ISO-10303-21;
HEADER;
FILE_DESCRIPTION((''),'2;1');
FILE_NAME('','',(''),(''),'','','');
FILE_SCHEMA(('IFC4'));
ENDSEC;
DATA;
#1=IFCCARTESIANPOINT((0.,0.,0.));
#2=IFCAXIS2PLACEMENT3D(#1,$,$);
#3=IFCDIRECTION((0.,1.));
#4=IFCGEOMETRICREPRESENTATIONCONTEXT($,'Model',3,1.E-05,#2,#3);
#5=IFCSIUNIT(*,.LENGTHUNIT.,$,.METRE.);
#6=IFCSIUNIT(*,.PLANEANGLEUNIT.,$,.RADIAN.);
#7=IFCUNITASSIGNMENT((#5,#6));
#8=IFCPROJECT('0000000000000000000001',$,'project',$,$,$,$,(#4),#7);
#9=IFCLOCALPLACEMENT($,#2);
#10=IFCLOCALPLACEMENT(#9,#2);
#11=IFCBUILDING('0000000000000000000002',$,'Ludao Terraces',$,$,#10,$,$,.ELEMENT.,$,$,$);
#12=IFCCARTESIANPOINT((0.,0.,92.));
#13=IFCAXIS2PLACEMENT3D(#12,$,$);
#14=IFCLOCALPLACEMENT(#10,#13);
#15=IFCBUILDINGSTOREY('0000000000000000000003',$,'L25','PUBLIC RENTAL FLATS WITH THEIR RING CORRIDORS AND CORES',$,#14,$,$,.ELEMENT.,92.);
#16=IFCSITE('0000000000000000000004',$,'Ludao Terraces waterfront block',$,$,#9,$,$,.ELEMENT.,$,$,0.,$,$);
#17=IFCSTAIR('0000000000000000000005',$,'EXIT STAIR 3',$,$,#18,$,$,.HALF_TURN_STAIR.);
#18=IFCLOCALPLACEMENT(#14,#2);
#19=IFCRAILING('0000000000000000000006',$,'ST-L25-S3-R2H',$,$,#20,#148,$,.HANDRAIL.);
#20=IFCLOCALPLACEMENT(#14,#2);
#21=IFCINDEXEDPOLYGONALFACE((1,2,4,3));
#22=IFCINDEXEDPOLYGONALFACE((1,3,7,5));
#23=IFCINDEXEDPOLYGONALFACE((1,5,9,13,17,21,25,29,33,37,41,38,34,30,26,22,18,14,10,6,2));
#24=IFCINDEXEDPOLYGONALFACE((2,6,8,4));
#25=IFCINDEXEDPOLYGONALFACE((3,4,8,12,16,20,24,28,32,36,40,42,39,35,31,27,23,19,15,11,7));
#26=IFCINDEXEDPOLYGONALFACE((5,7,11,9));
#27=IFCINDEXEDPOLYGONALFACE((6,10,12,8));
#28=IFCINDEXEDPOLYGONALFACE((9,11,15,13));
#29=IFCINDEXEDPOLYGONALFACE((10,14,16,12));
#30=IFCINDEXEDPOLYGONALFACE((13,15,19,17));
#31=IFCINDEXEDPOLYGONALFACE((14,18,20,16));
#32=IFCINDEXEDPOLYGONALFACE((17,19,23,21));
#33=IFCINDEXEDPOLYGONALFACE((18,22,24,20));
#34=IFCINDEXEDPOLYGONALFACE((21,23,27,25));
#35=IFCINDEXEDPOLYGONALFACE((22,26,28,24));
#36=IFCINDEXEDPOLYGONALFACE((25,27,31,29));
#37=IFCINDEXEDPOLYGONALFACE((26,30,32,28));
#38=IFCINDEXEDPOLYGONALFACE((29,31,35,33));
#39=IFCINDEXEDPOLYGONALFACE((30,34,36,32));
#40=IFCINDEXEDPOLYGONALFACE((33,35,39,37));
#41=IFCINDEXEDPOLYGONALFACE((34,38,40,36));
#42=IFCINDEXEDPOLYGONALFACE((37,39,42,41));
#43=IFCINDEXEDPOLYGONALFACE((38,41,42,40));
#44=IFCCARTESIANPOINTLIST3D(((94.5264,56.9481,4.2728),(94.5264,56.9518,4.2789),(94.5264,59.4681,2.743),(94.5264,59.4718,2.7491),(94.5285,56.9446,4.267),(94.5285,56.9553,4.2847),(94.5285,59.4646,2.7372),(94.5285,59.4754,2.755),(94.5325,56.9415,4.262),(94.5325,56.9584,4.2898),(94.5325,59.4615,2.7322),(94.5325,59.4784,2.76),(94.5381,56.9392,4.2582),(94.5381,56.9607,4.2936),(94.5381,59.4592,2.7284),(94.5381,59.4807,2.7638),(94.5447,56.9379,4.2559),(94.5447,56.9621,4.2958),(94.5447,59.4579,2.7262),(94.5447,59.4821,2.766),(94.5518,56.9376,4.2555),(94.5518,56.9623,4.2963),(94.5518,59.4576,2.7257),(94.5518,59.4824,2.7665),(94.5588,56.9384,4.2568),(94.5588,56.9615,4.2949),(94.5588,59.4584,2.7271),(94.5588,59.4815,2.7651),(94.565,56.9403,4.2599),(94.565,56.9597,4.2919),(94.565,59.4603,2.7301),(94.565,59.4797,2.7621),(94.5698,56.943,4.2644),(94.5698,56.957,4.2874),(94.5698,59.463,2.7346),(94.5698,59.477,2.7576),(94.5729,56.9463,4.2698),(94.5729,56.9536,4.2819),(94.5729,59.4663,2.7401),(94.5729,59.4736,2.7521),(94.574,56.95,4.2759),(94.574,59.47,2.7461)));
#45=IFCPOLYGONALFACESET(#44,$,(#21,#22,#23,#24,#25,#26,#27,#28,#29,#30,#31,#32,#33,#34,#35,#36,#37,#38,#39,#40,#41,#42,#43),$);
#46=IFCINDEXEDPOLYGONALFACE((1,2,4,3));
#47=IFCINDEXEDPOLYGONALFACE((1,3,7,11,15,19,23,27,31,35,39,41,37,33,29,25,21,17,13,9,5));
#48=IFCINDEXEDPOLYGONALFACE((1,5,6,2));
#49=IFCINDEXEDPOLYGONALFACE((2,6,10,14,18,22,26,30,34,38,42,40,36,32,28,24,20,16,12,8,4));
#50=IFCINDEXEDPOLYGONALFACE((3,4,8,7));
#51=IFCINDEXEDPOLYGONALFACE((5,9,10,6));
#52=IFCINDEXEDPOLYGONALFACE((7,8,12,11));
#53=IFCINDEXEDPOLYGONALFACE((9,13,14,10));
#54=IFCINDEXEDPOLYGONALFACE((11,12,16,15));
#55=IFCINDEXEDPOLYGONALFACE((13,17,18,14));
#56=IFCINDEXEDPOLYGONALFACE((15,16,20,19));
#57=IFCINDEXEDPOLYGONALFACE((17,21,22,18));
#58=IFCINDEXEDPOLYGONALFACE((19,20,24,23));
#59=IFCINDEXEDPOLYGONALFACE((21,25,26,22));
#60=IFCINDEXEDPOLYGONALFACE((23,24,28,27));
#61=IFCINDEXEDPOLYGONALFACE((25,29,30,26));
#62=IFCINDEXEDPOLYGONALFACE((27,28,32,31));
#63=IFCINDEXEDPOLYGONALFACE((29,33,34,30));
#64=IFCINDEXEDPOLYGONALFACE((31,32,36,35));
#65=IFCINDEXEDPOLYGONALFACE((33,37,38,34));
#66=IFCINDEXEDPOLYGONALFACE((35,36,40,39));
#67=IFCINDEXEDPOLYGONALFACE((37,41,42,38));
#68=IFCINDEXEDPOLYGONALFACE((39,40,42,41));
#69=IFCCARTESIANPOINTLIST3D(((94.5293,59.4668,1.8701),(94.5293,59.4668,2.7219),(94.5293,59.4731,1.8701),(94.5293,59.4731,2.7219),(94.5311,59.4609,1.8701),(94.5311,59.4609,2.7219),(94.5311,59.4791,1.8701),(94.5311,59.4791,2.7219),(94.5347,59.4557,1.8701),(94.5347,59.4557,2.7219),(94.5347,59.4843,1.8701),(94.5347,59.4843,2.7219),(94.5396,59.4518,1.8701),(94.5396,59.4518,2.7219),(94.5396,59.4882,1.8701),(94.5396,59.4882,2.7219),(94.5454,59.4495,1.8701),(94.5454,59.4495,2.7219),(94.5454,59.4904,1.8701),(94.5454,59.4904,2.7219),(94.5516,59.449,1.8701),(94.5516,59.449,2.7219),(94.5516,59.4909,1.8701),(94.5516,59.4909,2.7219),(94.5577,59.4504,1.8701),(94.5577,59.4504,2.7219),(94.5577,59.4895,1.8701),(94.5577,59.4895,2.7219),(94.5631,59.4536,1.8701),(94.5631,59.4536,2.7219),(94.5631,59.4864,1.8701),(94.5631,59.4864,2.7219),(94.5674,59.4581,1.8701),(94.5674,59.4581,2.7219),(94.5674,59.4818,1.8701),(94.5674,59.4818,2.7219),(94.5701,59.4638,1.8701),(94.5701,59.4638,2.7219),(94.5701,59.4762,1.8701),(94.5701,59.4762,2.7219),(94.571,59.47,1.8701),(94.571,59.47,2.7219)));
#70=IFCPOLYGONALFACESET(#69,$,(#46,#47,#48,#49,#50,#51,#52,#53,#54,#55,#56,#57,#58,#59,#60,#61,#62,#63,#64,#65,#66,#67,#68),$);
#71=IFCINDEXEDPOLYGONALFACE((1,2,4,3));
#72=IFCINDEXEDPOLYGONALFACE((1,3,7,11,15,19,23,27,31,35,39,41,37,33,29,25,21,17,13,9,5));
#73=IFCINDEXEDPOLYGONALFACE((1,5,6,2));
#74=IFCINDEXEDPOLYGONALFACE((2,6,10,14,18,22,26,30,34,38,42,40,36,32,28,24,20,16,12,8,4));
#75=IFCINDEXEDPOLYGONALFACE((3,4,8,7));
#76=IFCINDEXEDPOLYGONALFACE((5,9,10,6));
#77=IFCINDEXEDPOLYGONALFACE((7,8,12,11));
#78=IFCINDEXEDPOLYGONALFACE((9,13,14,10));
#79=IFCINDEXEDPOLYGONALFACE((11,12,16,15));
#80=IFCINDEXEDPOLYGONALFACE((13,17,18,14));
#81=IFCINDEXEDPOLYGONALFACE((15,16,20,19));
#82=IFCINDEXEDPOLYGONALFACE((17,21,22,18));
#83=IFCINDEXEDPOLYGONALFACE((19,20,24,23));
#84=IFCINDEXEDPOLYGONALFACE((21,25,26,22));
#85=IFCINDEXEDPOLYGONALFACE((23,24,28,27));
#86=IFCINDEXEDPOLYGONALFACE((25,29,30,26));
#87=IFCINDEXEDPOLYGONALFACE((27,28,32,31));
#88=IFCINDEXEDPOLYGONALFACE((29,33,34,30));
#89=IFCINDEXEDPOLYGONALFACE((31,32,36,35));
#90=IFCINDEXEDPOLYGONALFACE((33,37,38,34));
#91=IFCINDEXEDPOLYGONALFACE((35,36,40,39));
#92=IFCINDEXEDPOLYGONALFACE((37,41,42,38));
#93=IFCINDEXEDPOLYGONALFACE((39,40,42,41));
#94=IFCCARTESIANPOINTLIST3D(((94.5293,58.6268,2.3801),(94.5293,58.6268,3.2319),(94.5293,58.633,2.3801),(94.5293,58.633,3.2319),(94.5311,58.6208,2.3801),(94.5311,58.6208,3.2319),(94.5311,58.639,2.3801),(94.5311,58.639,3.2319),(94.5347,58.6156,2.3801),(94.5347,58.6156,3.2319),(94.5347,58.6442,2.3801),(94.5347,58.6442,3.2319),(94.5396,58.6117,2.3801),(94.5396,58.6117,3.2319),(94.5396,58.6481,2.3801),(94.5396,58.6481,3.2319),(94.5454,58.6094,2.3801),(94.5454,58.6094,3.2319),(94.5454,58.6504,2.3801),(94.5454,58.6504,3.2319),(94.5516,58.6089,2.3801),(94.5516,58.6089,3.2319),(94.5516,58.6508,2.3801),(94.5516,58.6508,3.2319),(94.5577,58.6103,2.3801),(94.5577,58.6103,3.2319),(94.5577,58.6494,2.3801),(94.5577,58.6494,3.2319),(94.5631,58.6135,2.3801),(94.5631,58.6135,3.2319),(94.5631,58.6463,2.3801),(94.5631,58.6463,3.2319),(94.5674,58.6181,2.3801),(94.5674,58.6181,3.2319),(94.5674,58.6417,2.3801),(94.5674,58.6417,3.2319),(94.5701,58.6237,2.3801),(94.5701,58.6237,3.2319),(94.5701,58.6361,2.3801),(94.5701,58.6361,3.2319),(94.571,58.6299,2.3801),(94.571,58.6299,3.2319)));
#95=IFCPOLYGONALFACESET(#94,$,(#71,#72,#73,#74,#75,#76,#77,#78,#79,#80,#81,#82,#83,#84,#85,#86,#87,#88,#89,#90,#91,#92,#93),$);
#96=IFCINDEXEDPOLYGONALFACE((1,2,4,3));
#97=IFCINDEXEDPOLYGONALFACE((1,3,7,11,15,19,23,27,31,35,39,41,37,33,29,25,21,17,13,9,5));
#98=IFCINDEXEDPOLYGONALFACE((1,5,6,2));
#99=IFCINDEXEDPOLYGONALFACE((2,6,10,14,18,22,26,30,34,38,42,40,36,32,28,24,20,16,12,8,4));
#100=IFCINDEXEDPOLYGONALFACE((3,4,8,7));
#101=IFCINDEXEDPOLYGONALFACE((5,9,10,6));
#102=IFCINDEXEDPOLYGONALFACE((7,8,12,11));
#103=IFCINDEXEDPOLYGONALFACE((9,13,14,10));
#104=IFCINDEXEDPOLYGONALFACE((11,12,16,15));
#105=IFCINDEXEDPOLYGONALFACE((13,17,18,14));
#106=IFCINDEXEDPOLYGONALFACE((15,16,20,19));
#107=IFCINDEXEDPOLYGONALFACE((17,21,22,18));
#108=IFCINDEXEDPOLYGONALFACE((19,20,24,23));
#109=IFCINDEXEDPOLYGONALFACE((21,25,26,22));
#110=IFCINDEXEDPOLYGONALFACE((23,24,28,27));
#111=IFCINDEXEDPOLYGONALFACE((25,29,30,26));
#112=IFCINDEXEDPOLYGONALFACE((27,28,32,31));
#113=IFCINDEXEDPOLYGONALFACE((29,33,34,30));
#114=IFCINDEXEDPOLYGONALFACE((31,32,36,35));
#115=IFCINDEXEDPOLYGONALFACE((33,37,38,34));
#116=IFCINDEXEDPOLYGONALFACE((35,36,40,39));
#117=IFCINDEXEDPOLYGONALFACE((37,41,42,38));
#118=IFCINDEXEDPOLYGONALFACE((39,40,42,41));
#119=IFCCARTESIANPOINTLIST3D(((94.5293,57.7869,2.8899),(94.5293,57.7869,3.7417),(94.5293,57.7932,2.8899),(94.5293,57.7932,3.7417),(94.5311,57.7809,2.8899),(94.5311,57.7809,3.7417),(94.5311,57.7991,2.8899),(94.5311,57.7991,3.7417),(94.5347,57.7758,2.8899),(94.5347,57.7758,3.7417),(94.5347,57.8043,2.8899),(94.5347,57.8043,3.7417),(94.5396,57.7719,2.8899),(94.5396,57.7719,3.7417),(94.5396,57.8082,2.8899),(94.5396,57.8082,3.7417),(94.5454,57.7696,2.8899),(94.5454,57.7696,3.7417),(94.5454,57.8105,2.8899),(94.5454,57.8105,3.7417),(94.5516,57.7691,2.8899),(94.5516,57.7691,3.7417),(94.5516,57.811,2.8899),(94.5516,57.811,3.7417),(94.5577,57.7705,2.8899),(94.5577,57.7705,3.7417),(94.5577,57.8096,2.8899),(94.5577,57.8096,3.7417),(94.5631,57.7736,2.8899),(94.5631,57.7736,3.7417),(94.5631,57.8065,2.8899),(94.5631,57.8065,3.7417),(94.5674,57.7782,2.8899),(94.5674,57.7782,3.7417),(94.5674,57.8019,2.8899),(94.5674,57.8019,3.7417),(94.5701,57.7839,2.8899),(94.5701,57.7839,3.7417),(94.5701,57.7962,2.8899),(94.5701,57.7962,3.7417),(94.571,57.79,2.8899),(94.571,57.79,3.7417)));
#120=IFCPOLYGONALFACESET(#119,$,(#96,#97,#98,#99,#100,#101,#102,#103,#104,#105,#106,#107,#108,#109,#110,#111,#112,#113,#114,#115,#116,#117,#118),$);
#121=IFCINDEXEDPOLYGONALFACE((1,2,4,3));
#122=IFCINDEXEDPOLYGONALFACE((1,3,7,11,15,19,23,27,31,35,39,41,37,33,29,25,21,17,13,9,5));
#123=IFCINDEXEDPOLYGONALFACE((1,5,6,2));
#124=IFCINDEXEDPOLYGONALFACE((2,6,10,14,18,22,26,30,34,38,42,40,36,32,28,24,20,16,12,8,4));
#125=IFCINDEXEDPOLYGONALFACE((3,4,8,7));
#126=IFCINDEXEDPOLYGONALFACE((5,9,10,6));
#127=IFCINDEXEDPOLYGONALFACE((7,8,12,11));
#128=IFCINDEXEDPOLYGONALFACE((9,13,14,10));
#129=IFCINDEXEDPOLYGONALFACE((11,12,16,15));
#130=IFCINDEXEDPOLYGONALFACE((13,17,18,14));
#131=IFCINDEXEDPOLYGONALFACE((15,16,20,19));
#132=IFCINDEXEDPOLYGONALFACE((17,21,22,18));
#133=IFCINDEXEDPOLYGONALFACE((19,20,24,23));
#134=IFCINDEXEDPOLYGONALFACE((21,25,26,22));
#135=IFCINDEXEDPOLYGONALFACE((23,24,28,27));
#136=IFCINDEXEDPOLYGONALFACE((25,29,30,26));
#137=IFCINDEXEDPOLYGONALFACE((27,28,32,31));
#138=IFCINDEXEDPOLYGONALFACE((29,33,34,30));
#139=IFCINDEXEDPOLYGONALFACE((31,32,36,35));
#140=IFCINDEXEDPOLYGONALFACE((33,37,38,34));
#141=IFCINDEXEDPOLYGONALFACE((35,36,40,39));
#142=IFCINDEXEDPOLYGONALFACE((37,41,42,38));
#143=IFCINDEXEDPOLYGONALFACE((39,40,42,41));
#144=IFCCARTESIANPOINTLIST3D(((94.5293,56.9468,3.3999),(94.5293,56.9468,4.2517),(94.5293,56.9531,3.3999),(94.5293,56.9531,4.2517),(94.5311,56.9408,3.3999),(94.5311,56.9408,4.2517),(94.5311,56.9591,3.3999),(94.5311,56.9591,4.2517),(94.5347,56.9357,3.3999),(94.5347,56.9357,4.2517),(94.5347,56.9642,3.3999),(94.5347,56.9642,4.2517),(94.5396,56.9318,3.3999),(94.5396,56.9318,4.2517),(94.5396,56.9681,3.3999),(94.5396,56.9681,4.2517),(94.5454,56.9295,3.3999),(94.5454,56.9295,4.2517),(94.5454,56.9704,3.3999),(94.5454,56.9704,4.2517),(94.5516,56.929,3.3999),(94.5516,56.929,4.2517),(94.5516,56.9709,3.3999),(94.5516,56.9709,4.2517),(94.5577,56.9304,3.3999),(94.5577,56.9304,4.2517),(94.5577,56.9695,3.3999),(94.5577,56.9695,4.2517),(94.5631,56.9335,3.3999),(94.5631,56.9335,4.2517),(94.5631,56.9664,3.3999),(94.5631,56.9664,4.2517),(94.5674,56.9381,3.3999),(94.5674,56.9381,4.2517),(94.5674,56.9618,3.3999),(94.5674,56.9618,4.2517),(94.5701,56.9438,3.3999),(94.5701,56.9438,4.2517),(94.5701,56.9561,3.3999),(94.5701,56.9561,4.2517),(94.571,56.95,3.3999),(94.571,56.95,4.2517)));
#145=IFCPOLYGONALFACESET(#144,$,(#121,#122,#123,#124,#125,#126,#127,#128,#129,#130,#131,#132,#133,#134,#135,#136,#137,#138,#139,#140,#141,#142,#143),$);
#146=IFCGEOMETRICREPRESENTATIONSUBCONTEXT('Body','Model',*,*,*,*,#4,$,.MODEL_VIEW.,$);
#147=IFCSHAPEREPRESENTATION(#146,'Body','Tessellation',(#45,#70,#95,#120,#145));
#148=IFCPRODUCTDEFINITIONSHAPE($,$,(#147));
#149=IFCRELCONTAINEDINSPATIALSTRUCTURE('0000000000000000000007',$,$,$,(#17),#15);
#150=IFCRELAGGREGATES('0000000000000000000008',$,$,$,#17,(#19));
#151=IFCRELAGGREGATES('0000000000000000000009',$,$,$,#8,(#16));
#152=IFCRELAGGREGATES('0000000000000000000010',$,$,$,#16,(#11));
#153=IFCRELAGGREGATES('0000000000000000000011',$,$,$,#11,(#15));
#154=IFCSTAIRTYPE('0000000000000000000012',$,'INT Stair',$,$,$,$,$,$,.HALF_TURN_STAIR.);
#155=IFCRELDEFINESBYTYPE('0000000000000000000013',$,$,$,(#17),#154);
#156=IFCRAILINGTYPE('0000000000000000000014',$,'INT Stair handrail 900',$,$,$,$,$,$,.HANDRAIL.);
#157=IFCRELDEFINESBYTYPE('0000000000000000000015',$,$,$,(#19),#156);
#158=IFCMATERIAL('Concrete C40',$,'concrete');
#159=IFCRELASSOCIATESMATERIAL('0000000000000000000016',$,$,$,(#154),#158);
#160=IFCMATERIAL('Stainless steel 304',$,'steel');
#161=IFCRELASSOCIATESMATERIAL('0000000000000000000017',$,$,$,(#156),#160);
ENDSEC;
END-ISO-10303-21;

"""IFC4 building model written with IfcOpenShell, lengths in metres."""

from ifc_helpers import new_model, si_unit, direction, frame, origin, origin_2d, place, context, subcontext, project, spatial, circle, extrude, material, type_object, element, aggregate, save


model = new_model("IFC4")

# Units and contexts
model_context = context("Model", 3, precision=1e-05, world=origin(), true_north=direction((0.0, 1.0)))
body_context = subcontext(model_context, "Body", "Model", "MODEL_VIEW")
ifc_project = project(units=[si_unit("LENGTHUNIT", "METRE"), si_unit("PLANEANGLEUNIT", "RADIAN")], contexts=[model_context])

# Site, building, storey
site_placement = place(None, origin())
site = spatial("IfcSite", under=ifc_project, at=site_placement, Name="Ludao Terraces waterfront block", CompositionType="ELEMENT", RefElevation=0.0)
building_placement = place(site_placement, origin())
building = spatial("IfcBuilding", under=site, at=building_placement, Name="Ludao Terraces", CompositionType="ELEMENT")
storey_placement = place(building_placement, frame((0.0, 0.0, 92.0)))
storey = spatial("IfcBuildingStorey", under=building, at=storey_placement, Name="L25", Description="PUBLIC RENTAL FLATS WITH THEIR RING CORRIDORS AND CORES", CompositionType="ELEMENT", Elevation=92.0)

# Shared definitions
ifc_material_1 = material(Name="Concrete C40", Category="concrete")

# Stair, railing
stair_type = type_object("IfcStairType", Name="INT Stair", PredefinedType="HALF_TURN_STAIR", material=ifc_material_1)
stair_placement = place(storey_placement, origin())
stair = element("IfcStair", 1, at=stair_placement, inside=storey, type_object=stair_type, Name="EXIT STAIR 3", PredefinedType="HALF_TURN_STAIR")
ifc_material_2 = material(Name="Stainless steel 304", Category="steel")
railing_type_1 = type_object("IfcRailingType", Name="INT Stair handrail 900", PredefinedType="HANDRAIL", material=ifc_material_2)
railing_1_placement = place(storey_placement, frame((94.55, 59.47, 1.8701)))
railing_1 = element("IfcRailing", 2, at=railing_1_placement, type_object=railing_type_1, Name="ST-L25-S3-R2H", PredefinedType="HANDRAIL", context=body_context, shape_type="SweptSolid", body=[
    extrude(circle(Radius=0.0239, at=origin_2d()), frame((0.0, 0.0, 0.876), z_axis=(0.0, -0.854822, 0.518922), x_axis=(1.0, 0.0, 0.0)), (0.0, 0.0, 1.0), 2.948),
    extrude(circle(Radius=0.021, at=origin_2d()), origin(), (0.0, 0.0, 1.0), 0.8518),
    extrude(circle(Radius=0.021, at=origin_2d()), frame((0.0, -0.8401, 0.51)), (0.0, 0.0, 1.0), 0.8518),
    extrude(circle(Radius=0.021, at=origin_2d()), frame((0.0, -1.6799, 1.0198)), (0.0, 0.0, 1.0), 0.8518),
    extrude(circle(Radius=0.021, at=origin_2d()), frame((0.0, -2.52, 1.5298)), (0.0, 0.0, 1.0), 0.8518),
])
aggregate(stair, [railing_1])

save(model, "model.ifc")
